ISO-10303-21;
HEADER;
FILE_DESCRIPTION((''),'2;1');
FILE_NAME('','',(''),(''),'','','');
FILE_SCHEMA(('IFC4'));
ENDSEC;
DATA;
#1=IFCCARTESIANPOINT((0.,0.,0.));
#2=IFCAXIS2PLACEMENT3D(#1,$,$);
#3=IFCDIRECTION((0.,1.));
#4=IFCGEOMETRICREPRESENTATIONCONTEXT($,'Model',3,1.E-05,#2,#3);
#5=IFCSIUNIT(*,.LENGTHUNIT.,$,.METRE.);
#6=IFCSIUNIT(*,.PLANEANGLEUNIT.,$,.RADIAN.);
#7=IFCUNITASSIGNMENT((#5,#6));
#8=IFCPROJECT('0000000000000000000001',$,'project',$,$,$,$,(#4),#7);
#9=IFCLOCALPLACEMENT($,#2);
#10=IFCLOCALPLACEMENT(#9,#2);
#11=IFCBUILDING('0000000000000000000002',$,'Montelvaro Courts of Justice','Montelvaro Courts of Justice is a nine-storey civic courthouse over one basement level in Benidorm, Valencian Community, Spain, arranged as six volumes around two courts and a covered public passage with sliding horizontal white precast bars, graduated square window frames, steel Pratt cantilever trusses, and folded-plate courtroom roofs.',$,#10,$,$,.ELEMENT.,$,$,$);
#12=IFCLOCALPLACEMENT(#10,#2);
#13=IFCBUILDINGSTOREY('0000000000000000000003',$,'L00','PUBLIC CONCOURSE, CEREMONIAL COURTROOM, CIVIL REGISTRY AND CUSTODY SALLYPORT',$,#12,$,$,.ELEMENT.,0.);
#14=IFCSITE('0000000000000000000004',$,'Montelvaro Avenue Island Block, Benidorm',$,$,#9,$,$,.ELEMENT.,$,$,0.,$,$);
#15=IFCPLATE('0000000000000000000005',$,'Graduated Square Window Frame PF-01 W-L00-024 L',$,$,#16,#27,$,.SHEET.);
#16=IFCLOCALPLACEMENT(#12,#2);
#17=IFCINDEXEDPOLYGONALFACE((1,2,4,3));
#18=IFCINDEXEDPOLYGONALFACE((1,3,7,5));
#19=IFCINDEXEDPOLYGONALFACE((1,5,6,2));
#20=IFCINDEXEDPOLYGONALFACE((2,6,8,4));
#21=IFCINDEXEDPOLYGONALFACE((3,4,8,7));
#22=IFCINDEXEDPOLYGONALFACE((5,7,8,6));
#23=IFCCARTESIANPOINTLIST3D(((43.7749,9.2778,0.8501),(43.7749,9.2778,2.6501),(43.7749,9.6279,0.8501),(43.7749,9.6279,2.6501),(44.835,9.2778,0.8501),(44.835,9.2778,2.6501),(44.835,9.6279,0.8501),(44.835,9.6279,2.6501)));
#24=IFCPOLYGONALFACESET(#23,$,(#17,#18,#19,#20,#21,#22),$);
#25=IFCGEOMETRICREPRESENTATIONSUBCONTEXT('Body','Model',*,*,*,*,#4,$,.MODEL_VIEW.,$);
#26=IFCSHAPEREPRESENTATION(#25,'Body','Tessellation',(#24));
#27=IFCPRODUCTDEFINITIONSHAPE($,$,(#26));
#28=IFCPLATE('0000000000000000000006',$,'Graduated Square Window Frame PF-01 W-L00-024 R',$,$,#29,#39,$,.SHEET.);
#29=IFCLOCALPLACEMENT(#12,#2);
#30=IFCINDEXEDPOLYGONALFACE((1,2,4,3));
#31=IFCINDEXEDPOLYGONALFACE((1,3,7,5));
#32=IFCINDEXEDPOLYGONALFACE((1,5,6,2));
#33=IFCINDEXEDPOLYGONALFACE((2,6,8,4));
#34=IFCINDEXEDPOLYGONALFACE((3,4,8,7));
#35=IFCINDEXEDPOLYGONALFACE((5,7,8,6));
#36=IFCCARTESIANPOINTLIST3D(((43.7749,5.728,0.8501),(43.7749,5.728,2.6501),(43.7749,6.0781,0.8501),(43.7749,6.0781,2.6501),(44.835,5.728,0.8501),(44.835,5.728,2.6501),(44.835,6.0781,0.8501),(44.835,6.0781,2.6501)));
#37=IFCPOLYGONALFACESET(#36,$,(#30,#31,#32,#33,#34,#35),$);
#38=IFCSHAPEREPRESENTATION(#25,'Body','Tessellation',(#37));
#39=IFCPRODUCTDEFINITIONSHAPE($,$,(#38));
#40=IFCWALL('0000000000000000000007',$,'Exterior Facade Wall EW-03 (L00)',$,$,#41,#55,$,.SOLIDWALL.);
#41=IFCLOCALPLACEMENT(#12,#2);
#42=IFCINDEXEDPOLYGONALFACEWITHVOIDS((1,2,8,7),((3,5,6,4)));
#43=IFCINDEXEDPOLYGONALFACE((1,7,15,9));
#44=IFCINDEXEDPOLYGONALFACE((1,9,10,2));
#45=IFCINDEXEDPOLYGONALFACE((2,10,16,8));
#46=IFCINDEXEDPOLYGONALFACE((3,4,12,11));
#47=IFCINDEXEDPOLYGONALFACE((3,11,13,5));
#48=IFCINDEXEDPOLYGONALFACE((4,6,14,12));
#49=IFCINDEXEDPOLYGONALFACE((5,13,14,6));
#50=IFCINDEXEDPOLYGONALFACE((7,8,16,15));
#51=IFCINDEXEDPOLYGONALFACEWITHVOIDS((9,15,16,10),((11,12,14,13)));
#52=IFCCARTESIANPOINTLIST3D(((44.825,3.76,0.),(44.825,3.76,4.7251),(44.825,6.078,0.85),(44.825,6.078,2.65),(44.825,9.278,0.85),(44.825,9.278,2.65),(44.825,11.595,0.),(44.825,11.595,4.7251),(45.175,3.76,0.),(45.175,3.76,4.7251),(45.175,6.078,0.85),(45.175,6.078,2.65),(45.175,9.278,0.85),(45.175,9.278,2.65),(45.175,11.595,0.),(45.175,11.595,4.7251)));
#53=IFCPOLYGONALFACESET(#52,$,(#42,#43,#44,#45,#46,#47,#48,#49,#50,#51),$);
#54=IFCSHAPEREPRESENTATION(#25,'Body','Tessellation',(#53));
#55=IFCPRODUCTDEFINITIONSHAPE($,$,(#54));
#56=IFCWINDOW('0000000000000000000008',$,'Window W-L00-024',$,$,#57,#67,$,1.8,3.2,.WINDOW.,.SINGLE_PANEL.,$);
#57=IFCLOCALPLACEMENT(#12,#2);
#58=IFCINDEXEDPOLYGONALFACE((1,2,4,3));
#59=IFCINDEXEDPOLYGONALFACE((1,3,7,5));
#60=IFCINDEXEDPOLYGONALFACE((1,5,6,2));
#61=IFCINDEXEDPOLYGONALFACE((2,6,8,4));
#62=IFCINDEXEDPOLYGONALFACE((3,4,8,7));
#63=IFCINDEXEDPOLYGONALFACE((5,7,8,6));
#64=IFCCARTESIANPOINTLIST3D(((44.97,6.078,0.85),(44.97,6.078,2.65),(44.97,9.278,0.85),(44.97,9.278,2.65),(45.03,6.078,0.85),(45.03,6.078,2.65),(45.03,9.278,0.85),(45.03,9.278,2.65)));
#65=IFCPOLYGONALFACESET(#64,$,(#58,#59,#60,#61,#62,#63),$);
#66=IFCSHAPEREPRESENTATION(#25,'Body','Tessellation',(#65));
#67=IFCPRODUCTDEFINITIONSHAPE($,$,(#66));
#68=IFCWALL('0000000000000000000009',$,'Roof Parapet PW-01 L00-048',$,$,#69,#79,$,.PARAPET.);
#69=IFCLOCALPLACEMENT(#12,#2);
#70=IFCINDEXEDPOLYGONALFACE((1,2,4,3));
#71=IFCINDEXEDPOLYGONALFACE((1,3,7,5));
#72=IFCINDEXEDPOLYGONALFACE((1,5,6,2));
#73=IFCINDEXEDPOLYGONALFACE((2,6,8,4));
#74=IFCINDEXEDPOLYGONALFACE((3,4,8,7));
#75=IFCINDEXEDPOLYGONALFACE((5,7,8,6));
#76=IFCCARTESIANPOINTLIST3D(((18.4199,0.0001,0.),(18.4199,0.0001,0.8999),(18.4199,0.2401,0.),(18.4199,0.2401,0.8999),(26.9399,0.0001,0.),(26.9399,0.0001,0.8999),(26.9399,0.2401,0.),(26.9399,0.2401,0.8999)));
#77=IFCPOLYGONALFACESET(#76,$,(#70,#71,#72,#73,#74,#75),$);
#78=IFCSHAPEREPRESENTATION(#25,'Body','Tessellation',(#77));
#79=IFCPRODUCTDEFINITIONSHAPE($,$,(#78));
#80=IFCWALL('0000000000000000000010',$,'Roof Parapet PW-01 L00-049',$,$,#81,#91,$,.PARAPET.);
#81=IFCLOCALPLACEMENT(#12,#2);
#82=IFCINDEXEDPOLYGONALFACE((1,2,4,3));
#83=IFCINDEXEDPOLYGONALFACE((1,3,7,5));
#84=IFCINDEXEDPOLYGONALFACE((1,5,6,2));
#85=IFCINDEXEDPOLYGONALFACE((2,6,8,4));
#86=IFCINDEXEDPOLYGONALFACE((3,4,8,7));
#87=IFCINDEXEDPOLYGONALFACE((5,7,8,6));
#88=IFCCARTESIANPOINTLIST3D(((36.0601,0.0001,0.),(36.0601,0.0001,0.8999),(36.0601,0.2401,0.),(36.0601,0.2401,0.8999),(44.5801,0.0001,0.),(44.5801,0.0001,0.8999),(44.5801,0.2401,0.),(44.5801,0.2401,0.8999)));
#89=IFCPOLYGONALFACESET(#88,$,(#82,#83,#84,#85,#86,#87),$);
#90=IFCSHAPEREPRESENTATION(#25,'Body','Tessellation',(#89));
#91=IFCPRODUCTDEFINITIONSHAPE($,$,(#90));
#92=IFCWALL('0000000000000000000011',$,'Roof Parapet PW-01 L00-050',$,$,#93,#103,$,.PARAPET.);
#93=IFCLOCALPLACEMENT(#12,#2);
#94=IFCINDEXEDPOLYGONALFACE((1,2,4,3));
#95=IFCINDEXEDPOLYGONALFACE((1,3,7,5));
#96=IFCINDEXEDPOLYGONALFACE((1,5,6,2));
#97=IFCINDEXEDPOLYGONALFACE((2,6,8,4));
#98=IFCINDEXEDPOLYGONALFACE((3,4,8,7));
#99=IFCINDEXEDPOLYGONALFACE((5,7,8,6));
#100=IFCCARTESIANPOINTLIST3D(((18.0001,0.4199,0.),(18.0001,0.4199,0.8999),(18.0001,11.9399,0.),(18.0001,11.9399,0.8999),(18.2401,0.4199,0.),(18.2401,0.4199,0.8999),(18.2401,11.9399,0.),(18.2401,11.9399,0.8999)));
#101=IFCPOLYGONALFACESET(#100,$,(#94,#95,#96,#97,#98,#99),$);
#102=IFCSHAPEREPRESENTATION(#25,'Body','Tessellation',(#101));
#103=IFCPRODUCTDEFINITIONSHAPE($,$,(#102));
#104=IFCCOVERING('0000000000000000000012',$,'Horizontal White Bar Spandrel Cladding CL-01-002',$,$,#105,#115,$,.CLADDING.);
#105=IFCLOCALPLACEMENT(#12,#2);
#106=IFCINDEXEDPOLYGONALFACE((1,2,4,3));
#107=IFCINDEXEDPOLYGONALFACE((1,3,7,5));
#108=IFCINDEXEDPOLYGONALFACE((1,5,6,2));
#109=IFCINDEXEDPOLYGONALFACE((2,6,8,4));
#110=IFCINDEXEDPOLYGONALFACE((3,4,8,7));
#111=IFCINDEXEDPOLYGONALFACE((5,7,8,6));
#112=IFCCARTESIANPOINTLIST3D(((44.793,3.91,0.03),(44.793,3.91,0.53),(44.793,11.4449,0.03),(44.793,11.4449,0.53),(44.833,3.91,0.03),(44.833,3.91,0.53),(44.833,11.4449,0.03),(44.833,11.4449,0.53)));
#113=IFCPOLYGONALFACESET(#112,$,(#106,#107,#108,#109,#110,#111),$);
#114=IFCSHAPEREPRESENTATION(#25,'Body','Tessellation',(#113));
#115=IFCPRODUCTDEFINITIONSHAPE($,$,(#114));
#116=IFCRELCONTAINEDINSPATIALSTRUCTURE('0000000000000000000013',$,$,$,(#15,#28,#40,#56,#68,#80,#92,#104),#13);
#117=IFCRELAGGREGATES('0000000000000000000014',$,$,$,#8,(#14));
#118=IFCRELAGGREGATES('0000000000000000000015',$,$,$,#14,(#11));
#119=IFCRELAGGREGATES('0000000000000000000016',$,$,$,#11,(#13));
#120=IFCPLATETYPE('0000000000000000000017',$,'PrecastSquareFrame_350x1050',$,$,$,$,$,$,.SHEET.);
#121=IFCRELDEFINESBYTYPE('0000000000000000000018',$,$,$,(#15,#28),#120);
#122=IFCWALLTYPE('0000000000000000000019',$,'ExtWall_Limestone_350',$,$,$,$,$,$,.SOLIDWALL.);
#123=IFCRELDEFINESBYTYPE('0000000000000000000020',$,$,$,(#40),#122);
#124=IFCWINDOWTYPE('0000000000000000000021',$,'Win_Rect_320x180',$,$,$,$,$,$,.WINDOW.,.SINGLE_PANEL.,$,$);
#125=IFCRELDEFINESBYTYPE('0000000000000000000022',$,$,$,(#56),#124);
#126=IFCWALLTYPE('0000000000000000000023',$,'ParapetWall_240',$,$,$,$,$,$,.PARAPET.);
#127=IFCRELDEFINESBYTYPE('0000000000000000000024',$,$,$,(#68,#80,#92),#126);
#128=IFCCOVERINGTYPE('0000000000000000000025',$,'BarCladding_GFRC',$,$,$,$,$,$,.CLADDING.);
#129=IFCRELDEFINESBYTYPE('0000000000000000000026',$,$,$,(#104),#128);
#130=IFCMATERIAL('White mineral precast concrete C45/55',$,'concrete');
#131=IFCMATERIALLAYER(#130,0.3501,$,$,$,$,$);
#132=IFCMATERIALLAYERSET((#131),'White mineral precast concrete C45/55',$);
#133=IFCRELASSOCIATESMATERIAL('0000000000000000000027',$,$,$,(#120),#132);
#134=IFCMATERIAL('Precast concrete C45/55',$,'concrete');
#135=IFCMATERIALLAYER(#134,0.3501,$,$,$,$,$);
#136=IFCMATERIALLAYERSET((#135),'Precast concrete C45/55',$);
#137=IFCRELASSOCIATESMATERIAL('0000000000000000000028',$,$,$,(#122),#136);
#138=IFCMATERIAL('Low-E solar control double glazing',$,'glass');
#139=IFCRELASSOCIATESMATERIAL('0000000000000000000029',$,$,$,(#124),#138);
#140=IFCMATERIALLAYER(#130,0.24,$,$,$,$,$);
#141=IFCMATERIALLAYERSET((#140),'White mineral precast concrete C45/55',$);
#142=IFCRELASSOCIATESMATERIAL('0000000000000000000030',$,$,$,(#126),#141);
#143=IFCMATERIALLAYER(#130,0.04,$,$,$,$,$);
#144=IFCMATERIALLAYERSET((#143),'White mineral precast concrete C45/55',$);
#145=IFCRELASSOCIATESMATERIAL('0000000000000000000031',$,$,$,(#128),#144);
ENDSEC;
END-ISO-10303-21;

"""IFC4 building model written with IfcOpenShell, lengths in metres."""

from ifc_helpers import new_model, si_unit, direction, frame, frame_2d, origin, origin_2d, place, context, subcontext, project, spatial, rectangle, extrude, material, layer, layer_set, type_object, element, fill, save


model = new_model("IFC4")

# Units and contexts
model_context = context("Model", 3, precision=1e-05, world=origin(), true_north=direction((0.0, 1.0)))
body_context = subcontext(model_context, "Body", "Model", "MODEL_VIEW")
ifc_project = project(units=[si_unit("LENGTHUNIT", "METRE"), si_unit("PLANEANGLEUNIT", "RADIAN")], contexts=[model_context])

# Site, building, storey
site_placement = place(None, origin())
site = spatial("IfcSite", under=ifc_project, at=site_placement, Name="Montelvaro Avenue Island Block, Benidorm", CompositionType="ELEMENT", RefElevation=0.0)
building_placement = place(site_placement, origin())
building = spatial("IfcBuilding", under=site, at=building_placement, Name="Montelvaro Courts of Justice", Description="Montelvaro Courts of Justice is a nine-storey civic courthouse over one basement level in Benidorm, Valencian Community, Spain, arranged as six volumes around two courts and a covered public passage with sliding horizontal white precast bars, graduated square window frames, steel Pratt cantilever trusses, and folded-plate courtroom roofs.", CompositionType="ELEMENT")
storey_placement = place(building_placement, origin())
storey = spatial("IfcBuildingStorey", under=building, at=storey_placement, Name="L00", Description="PUBLIC CONCOURSE, CEREMONIAL COURTROOM, CIVIL REGISTRY AND CUSTODY SALLYPORT", CompositionType="ELEMENT", Elevation=0.0)

# Plates
ifc_material_1 = material(Name="White mineral precast concrete C45/55", Category="concrete")
ifc_layer_1 = layer(ifc_material_1, 0.3501)
ifc_layer_set_1 = layer_set([ifc_layer_1], Name="White mineral precast concrete C45/55")
plate_type_1 = type_object("IfcPlateType", Name="PrecastSquareFrame_350x1050", PredefinedType="SHEET", material=ifc_layer_set_1)
for number, where, z_axis, x_axis, name in (
    (1, (44.3049, 9.4529, 0.8501), (0.0, 0.0, 1.0), (0.0, -1.0, 0.0), "Graduated Square Window Frame PF-01 W-L00-024 L"),
    (2, (44.3049, 5.9031, 0.8501), (0.0, 0.0, 1.0), (0.0, -1.0, 0.0), "Graduated Square Window Frame PF-01 W-L00-024 R"),
):
    element("IfcPlate", number, at=place(storey_placement, frame(where, z_axis=z_axis, x_axis=x_axis)), inside=storey, type_object=plate_type_1, Name=name, PredefinedType="SHEET", context=body_context, shape_type="SweptSolid", body=[
        extrude(rectangle(XDim=0.3501, YDim=1.0601, at=origin_2d()), origin(), (0.0, 0.0, 1.0), 1.8),
    ])

# Wall, opening, window
ifc_material_2 = material(Name="Precast concrete C45/55", Category="concrete")
ifc_layer_2 = layer(ifc_material_2, 0.3501)
ifc_layer_set_2 = layer_set([ifc_layer_2], Name="Precast concrete C45/55")
wall_type_1 = type_object("IfcWallType", Name="ExtWall_Limestone_350", PredefinedType="SOLIDWALL", material=ifc_layer_set_2)
wall_1_placement = place(storey_placement, frame((45.0, 11.595, 0.0), z_axis=(0.0, 0.0, 1.0), x_axis=(0.0, -1.0, 0.0)))
wall_1 = element("IfcWall", 3, at=wall_1_placement, inside=storey, type_object=wall_type_1, Name="Exterior Facade Wall EW-03 (L00)", PredefinedType="SOLIDWALL", context=body_context, shape_type="SweptSolid", body=[
    extrude(rectangle(XDim=7.835, YDim=0.3501, at=frame_2d((3.9175, 0.0))), origin(), (0.0, 0.0, 1.0), 4.7251),
])
opening_placement = place(wall_1_placement, frame((2.3169, 0.0, 0.8501)))
opening = element("IfcOpeningElement", 4, at=opening_placement, cuts=wall_1, PredefinedType="OPENING", context=body_context, shape_type="SweptSolid", body=[
    extrude(rectangle(XDim=3.2, YDim=1.8, at=frame_2d((1.6001, 0.8999))), frame((0.0, 0.1899, 0.0), z_axis=(0.0, -1.0, 0.0), x_axis=(1.0, 0.0, 0.0)), (0.0, 0.0, 1.0), 0.3799),
])
ifc_material_3 = material(Name="Low-E solar control double glazing", Category="glass")
window_type = type_object("IfcWindowType", Name="Win_Rect_320x180", PartitioningType="SINGLE_PANEL", PredefinedType="WINDOW", material=ifc_material_3)
window_placement = place(opening_placement, origin())
window = element("IfcWindow", 5, at=window_placement, inside=storey, type_object=window_type, Name="Window W-L00-024", OverallHeight=1.8, OverallWidth=3.2, PartitioningType="SINGLE_PANEL", PredefinedType="WINDOW", context=body_context, shape_type="SweptSolid", body=[
    extrude(rectangle(XDim=3.2, YDim=1.8, at=frame_2d((1.6001, 0.8999))), frame((0.0, 0.03, 0.0), z_axis=(0.0, -1.0, 0.0), x_axis=(1.0, 0.0, 0.0)), (0.0, 0.0, 1.0), 0.0601),
])
fill(opening, window)

# Walls
ifc_layer_3 = layer(ifc_material_1, 0.24)
ifc_layer_set_3 = layer_set([ifc_layer_3], Name="White mineral precast concrete C45/55")
wall_type_2 = type_object("IfcWallType", Name="ParapetWall_240", PredefinedType="PARAPET", material=ifc_layer_set_3)
for number, where, z_axis, x_axis, name in (
    (6, (18.4199, 0.1201, 0.0), (0.0, 0.0, 1.0), (1.0, 0.0, 0.0), "Roof Parapet PW-01 L00-048"),
    (7, (36.0601, 0.1201, 0.0), (0.0, 0.0, 1.0), (1.0, 0.0, 0.0), "Roof Parapet PW-01 L00-049"),
):
    element("IfcWall", number, at=place(storey_placement, frame(where, z_axis=z_axis, x_axis=x_axis)), inside=storey, type_object=wall_type_2, Name=name, PredefinedType="PARAPET", context=body_context, shape_type="SweptSolid", body=[
        extrude(rectangle(XDim=8.52, YDim=0.24, at=frame_2d((4.26, 0.0))), origin(), (0.0, 0.0, 1.0), 0.8999),
    ])
wall_2_placement = place(storey_placement, frame((18.1201, 0.4199, 0.0), z_axis=(0.0, 0.0, 1.0), x_axis=(0.0, 1.0, 0.0)))
element("IfcWall", 8, at=wall_2_placement, inside=storey, type_object=wall_type_2, Name="Roof Parapet PW-01 L00-050", PredefinedType="PARAPET", context=body_context, shape_type="SweptSolid", body=[
    extrude(rectangle(XDim=11.52, YDim=0.24, at=frame_2d((5.76, 0.0))), origin(), (0.0, 0.0, 1.0), 0.8999),
])

# Covering
ifc_layer_4 = layer(ifc_material_1, 0.04)
ifc_layer_set_4 = layer_set([ifc_layer_4], Name="White mineral precast concrete C45/55")
covering_type = type_object("IfcCoveringType", Name="BarCladding_GFRC", PredefinedType="CLADDING", material=ifc_layer_set_4)
covering_placement = place(storey_placement, frame((44.813, 7.6775, 0.03), z_axis=(0.0, 0.0, 1.0), x_axis=(0.0, -1.0, 0.0)))
element("IfcCovering", 9, at=covering_placement, inside=storey, type_object=covering_type, Name="Horizontal White Bar Spandrel Cladding CL-01-002", PredefinedType="CLADDING", context=body_context, shape_type="SweptSolid", body=[
    extrude(rectangle(XDim=7.5349, YDim=0.04, at=origin_2d()), origin(), (0.0, 0.0, 1.0), 0.5),
])

save(model, "model.ifc")
